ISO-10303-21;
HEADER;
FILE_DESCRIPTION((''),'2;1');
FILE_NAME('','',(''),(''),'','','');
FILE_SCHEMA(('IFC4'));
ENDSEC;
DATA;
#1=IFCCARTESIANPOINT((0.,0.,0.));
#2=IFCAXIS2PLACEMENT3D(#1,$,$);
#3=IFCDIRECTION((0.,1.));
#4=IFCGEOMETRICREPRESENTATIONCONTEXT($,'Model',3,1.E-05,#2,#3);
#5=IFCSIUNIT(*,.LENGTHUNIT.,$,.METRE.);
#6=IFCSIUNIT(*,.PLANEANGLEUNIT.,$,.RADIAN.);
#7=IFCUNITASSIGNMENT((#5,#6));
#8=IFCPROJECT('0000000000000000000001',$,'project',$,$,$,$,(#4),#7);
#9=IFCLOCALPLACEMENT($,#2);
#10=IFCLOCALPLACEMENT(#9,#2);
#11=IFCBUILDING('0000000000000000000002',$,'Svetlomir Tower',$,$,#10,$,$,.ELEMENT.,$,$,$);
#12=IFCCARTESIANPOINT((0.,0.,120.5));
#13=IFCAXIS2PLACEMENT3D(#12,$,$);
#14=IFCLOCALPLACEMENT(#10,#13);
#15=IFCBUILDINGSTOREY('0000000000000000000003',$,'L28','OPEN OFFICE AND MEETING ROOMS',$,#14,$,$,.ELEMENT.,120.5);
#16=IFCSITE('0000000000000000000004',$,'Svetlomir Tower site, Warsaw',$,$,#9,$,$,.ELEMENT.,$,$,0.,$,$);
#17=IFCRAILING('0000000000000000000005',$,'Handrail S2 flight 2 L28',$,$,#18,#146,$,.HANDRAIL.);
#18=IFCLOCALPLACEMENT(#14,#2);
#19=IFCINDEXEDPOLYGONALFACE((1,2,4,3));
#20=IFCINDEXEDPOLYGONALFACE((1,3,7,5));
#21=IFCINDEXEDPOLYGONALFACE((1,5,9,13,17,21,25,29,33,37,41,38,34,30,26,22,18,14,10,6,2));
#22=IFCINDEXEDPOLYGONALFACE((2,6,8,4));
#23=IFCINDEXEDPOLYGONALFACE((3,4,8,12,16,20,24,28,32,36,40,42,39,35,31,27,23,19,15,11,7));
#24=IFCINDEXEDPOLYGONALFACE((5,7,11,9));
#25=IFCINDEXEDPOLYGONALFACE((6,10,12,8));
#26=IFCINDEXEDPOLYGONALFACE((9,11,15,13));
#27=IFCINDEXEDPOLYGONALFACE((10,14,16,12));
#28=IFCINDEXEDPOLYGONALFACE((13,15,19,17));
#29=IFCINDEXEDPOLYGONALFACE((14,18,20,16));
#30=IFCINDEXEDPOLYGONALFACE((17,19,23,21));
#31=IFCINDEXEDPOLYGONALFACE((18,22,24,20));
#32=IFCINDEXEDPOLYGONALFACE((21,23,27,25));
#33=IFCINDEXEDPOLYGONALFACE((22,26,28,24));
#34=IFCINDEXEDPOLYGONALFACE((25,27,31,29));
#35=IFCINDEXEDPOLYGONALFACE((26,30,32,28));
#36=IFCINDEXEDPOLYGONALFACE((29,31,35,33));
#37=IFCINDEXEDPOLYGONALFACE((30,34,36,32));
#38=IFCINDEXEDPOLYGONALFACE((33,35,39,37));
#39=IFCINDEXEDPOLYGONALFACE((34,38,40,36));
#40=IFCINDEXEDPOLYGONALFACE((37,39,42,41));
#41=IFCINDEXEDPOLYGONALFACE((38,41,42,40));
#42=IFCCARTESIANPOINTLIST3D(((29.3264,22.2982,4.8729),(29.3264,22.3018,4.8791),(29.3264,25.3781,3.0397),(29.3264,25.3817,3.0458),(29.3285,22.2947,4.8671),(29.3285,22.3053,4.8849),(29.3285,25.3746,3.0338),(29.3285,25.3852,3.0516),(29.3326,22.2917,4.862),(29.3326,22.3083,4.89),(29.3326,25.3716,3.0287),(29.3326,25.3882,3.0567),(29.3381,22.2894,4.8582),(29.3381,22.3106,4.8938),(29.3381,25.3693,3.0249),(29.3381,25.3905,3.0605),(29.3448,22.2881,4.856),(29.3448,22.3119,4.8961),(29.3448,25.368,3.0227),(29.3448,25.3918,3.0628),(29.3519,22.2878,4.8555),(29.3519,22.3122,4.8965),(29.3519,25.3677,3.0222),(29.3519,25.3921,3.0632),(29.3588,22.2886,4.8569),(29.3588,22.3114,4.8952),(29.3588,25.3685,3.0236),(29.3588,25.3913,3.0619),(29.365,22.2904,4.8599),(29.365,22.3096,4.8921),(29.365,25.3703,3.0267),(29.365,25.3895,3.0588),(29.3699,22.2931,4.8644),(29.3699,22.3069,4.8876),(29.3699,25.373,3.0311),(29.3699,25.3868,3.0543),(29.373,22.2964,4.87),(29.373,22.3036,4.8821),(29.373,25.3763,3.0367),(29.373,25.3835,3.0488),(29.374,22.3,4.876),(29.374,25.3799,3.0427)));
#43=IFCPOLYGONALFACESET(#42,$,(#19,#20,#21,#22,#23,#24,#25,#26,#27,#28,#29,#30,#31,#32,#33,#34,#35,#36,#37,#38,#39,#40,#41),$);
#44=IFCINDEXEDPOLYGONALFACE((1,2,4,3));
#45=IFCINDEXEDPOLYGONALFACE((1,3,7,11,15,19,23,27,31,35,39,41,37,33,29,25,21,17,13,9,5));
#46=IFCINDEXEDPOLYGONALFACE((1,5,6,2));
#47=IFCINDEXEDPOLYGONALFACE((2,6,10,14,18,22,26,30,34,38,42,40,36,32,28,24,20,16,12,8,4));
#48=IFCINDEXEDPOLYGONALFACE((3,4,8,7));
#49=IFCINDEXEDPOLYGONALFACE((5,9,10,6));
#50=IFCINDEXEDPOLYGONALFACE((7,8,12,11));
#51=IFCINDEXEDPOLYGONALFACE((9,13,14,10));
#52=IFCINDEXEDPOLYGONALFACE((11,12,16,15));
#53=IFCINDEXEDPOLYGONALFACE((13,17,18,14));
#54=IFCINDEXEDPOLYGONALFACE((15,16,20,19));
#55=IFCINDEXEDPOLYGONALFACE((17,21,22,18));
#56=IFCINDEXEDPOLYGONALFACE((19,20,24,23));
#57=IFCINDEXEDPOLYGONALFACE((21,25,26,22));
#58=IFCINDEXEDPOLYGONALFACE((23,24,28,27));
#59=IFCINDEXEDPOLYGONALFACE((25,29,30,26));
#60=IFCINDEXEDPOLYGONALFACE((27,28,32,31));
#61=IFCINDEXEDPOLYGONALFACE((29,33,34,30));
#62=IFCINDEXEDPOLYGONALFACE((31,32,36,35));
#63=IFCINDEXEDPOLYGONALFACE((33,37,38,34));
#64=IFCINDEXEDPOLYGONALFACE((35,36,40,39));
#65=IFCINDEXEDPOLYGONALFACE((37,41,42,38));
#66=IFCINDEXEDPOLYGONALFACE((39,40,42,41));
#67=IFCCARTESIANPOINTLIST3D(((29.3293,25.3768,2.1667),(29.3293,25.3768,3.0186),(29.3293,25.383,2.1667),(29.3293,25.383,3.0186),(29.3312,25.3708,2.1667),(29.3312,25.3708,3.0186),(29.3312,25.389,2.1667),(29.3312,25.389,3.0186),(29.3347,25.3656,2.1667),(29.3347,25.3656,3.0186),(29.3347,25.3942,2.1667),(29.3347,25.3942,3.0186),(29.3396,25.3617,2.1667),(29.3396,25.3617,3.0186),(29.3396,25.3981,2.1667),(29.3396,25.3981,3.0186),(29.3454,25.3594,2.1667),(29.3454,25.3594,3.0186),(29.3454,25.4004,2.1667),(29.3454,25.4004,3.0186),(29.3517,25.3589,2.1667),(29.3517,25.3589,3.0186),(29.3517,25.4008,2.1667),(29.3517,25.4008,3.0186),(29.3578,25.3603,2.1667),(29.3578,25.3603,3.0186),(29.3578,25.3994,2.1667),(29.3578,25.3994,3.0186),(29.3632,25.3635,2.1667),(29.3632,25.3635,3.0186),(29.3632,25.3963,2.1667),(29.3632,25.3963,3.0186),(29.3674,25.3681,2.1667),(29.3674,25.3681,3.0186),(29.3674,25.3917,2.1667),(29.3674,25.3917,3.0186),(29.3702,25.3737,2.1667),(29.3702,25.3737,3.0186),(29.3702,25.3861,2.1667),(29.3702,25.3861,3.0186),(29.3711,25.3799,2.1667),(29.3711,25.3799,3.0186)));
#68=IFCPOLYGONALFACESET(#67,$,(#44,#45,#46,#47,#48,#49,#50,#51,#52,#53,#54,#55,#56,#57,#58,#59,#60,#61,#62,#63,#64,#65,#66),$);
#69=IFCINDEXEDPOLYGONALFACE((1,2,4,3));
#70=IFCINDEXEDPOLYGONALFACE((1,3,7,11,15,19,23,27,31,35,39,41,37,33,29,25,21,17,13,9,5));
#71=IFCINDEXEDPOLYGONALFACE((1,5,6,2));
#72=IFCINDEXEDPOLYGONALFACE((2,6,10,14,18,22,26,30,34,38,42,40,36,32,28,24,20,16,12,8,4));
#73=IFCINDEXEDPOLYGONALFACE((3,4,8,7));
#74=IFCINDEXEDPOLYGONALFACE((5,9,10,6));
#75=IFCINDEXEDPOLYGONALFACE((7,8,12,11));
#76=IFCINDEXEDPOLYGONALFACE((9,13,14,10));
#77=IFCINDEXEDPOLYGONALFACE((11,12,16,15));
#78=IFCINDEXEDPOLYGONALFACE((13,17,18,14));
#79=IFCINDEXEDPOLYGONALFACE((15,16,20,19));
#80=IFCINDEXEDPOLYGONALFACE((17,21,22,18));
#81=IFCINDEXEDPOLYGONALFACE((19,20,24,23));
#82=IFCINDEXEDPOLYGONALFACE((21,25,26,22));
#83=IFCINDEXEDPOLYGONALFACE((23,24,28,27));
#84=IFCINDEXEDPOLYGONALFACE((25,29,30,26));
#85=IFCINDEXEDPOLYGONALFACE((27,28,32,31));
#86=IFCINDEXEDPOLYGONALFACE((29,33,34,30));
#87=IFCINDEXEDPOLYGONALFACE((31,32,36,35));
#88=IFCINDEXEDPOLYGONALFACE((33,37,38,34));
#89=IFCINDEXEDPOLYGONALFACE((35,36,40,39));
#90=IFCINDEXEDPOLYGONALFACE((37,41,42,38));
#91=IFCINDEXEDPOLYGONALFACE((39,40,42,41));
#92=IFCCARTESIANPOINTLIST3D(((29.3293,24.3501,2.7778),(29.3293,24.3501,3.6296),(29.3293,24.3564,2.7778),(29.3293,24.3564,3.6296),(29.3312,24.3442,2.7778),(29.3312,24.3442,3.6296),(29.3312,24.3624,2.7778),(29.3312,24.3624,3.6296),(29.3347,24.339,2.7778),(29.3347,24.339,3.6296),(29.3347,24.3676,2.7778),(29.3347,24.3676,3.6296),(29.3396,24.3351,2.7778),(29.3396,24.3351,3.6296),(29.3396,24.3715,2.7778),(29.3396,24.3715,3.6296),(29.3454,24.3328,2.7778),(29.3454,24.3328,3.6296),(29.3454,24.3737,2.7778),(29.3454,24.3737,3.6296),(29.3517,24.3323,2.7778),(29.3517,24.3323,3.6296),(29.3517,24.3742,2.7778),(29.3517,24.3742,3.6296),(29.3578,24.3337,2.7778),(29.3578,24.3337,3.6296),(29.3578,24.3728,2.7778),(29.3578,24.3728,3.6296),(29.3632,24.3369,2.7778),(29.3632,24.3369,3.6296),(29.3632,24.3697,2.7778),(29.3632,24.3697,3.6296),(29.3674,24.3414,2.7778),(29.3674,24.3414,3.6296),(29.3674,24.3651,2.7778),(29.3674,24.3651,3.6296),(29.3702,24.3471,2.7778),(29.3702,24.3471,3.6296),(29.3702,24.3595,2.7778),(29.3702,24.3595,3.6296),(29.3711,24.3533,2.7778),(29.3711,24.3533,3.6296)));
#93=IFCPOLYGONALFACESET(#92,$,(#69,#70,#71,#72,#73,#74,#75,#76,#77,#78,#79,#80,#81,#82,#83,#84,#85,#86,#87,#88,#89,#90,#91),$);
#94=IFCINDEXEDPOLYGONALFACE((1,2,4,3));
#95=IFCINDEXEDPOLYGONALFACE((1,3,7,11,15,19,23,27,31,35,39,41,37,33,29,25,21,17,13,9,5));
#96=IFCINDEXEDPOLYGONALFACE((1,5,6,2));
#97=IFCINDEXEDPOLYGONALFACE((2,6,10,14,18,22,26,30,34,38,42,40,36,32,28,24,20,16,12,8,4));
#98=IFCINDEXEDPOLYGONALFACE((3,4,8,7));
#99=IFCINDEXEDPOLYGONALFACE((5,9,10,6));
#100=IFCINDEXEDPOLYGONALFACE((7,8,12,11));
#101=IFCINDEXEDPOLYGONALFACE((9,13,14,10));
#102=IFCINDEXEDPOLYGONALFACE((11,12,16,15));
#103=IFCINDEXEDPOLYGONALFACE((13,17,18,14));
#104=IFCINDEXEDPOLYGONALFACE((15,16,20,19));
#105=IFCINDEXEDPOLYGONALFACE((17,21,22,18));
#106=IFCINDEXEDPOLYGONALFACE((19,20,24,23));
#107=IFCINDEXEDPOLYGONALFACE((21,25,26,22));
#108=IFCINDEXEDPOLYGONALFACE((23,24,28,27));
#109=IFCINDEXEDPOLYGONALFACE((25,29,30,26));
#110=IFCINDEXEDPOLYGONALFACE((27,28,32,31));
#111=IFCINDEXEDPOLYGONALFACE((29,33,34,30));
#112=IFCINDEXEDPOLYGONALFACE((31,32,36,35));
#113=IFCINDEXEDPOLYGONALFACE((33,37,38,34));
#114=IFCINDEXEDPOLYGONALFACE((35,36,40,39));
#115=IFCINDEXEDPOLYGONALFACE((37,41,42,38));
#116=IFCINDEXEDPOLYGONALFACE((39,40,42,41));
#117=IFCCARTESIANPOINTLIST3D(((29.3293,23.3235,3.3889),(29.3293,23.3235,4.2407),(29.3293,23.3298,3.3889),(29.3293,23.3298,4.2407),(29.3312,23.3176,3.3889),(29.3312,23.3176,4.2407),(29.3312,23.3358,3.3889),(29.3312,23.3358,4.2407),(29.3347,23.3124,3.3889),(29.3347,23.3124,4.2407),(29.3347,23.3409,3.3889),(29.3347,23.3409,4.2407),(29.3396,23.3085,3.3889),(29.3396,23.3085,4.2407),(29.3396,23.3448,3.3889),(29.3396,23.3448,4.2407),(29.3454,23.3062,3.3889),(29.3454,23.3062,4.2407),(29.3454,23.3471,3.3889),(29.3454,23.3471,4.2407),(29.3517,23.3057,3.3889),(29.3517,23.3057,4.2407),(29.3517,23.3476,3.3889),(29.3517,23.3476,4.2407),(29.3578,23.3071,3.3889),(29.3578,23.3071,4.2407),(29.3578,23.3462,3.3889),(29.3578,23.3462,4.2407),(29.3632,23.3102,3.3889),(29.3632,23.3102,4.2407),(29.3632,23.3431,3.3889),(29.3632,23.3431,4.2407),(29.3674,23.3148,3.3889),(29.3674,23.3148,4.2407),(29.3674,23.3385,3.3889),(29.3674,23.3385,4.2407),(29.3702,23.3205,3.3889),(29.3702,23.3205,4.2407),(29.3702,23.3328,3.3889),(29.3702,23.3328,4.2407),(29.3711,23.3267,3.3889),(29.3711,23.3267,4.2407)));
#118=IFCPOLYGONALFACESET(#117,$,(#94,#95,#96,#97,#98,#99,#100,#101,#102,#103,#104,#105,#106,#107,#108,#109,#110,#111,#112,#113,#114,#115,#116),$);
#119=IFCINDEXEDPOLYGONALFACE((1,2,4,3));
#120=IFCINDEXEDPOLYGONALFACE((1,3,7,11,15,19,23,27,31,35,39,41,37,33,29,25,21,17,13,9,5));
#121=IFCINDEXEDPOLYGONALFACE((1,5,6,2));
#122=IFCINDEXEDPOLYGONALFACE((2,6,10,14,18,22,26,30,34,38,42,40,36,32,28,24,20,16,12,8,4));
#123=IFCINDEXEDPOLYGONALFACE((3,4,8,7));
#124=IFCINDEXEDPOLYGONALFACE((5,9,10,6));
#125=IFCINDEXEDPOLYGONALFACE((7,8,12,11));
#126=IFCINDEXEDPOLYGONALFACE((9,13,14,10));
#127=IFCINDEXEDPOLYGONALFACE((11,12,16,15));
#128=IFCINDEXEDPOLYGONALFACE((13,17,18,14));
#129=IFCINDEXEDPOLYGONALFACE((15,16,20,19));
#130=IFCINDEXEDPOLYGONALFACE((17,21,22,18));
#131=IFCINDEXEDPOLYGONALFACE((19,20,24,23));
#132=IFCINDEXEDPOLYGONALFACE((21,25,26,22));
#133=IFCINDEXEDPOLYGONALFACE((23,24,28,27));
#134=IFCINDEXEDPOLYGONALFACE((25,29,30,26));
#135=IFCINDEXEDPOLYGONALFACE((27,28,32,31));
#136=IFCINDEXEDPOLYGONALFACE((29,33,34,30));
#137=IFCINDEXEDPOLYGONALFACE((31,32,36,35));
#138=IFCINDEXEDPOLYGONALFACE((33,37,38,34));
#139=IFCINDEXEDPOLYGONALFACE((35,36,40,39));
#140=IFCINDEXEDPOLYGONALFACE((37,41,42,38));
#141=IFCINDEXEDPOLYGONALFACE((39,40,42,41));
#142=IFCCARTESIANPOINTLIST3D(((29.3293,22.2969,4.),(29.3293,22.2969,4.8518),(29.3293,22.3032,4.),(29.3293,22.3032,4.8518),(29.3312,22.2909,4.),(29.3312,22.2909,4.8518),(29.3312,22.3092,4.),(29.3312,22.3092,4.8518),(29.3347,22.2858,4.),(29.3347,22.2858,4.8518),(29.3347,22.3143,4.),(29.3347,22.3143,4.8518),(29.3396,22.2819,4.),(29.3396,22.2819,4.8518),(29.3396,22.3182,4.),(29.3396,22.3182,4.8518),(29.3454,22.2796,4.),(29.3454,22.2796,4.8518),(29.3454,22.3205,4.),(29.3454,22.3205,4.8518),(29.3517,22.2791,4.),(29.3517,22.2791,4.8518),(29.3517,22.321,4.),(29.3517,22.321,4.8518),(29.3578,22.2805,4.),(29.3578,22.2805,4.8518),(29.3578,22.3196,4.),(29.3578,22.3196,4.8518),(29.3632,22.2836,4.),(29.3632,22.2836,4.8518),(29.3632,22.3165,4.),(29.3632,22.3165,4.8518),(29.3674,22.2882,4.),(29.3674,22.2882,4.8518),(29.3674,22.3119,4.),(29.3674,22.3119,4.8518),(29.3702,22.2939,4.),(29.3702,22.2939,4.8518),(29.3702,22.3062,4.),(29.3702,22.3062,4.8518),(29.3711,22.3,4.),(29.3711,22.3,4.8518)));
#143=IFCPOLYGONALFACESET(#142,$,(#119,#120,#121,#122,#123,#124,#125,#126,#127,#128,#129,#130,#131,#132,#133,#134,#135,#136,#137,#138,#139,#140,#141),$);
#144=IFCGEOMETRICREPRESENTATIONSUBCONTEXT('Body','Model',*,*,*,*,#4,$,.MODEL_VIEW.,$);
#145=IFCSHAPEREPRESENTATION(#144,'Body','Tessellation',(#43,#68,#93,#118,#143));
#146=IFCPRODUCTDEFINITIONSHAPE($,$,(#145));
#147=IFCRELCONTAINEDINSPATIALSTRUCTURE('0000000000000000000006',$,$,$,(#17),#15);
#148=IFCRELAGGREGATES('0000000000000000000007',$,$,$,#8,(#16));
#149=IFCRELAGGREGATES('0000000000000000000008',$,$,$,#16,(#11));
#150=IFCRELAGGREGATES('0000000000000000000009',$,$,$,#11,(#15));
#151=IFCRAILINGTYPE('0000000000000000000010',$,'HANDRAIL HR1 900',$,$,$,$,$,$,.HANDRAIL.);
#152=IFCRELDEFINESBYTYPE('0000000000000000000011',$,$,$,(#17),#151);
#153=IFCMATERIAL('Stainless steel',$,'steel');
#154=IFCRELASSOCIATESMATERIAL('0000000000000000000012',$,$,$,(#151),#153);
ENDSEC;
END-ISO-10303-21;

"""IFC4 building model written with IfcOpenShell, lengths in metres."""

from ifc_helpers import new_model, si_unit, direction, frame, origin, origin_2d, place, context, subcontext, project, spatial, circle, extrude, material, type_object, element, save


model = new_model("IFC4")

# Units and contexts
model_context = context("Model", 3, precision=1e-05, world=origin(), true_north=direction((0.0, 1.0)))
body_context = subcontext(model_context, "Body", "Model", "MODEL_VIEW")
ifc_project = project(units=[si_unit("LENGTHUNIT", "METRE"), si_unit("PLANEANGLEUNIT", "RADIAN")], contexts=[model_context])

# Site, building, storey
site_placement = place(None, origin())
site = spatial("IfcSite", under=ifc_project, at=site_placement, Name="Svetlomir Tower site, Warsaw", CompositionType="ELEMENT", RefElevation=0.0)
building_placement = place(site_placement, origin())
building = spatial("IfcBuilding", under=site, at=building_placement, Name="Svetlomir Tower", CompositionType="ELEMENT")
storey_placement = place(building_placement, frame((0.0, 0.0, 120.5)))
storey = spatial("IfcBuildingStorey", under=building, at=storey_placement, Name="L28", Description="OPEN OFFICE AND MEETING ROOMS", CompositionType="ELEMENT", Elevation=120.5)

# Railing
ifc_material_1 = material(Name="Stainless steel", Category="steel")
railing_type = type_object("IfcRailingType", Name="HANDRAIL HR1 900", PredefinedType="HANDRAIL", material=ifc_material_1)
railing_1_placement = place(storey_placement, frame((29.3501, 25.3799, 2.1667)))
element("IfcRailing", 1, at=railing_1_placement, inside=storey, type_object=railing_type, Name="Handrail S2 flight 2 L28", PredefinedType="HANDRAIL", context=body_context, shape_type="SweptSolid", body=[
    extrude(circle(Radius=0.0239, at=origin_2d()), frame((0.0, 0.0, 0.876), z_axis=(0.0, -0.859291, 0.511487), x_axis=(1.0, 0.0, 0.0)), (0.0, 0.0, 1.0), 3.5842),
    extrude(circle(Radius=0.021, at=origin_2d()), origin(), (0.0, 0.0, 1.0), 0.8518),
    extrude(circle(Radius=0.021, at=origin_2d()), frame((0.0, -1.0266, 0.6111)), (0.0, 0.0, 1.0), 0.8518),
    extrude(circle(Radius=0.021, at=origin_2d()), frame((0.0, -2.0532, 1.2222)), (0.0, 0.0, 1.0), 0.8518),
    extrude(circle(Radius=0.021, at=origin_2d()), frame((0.0, -3.0798, 1.8333)), (0.0, 0.0, 1.0), 0.8518),
])

save(model, "model.ifc")
